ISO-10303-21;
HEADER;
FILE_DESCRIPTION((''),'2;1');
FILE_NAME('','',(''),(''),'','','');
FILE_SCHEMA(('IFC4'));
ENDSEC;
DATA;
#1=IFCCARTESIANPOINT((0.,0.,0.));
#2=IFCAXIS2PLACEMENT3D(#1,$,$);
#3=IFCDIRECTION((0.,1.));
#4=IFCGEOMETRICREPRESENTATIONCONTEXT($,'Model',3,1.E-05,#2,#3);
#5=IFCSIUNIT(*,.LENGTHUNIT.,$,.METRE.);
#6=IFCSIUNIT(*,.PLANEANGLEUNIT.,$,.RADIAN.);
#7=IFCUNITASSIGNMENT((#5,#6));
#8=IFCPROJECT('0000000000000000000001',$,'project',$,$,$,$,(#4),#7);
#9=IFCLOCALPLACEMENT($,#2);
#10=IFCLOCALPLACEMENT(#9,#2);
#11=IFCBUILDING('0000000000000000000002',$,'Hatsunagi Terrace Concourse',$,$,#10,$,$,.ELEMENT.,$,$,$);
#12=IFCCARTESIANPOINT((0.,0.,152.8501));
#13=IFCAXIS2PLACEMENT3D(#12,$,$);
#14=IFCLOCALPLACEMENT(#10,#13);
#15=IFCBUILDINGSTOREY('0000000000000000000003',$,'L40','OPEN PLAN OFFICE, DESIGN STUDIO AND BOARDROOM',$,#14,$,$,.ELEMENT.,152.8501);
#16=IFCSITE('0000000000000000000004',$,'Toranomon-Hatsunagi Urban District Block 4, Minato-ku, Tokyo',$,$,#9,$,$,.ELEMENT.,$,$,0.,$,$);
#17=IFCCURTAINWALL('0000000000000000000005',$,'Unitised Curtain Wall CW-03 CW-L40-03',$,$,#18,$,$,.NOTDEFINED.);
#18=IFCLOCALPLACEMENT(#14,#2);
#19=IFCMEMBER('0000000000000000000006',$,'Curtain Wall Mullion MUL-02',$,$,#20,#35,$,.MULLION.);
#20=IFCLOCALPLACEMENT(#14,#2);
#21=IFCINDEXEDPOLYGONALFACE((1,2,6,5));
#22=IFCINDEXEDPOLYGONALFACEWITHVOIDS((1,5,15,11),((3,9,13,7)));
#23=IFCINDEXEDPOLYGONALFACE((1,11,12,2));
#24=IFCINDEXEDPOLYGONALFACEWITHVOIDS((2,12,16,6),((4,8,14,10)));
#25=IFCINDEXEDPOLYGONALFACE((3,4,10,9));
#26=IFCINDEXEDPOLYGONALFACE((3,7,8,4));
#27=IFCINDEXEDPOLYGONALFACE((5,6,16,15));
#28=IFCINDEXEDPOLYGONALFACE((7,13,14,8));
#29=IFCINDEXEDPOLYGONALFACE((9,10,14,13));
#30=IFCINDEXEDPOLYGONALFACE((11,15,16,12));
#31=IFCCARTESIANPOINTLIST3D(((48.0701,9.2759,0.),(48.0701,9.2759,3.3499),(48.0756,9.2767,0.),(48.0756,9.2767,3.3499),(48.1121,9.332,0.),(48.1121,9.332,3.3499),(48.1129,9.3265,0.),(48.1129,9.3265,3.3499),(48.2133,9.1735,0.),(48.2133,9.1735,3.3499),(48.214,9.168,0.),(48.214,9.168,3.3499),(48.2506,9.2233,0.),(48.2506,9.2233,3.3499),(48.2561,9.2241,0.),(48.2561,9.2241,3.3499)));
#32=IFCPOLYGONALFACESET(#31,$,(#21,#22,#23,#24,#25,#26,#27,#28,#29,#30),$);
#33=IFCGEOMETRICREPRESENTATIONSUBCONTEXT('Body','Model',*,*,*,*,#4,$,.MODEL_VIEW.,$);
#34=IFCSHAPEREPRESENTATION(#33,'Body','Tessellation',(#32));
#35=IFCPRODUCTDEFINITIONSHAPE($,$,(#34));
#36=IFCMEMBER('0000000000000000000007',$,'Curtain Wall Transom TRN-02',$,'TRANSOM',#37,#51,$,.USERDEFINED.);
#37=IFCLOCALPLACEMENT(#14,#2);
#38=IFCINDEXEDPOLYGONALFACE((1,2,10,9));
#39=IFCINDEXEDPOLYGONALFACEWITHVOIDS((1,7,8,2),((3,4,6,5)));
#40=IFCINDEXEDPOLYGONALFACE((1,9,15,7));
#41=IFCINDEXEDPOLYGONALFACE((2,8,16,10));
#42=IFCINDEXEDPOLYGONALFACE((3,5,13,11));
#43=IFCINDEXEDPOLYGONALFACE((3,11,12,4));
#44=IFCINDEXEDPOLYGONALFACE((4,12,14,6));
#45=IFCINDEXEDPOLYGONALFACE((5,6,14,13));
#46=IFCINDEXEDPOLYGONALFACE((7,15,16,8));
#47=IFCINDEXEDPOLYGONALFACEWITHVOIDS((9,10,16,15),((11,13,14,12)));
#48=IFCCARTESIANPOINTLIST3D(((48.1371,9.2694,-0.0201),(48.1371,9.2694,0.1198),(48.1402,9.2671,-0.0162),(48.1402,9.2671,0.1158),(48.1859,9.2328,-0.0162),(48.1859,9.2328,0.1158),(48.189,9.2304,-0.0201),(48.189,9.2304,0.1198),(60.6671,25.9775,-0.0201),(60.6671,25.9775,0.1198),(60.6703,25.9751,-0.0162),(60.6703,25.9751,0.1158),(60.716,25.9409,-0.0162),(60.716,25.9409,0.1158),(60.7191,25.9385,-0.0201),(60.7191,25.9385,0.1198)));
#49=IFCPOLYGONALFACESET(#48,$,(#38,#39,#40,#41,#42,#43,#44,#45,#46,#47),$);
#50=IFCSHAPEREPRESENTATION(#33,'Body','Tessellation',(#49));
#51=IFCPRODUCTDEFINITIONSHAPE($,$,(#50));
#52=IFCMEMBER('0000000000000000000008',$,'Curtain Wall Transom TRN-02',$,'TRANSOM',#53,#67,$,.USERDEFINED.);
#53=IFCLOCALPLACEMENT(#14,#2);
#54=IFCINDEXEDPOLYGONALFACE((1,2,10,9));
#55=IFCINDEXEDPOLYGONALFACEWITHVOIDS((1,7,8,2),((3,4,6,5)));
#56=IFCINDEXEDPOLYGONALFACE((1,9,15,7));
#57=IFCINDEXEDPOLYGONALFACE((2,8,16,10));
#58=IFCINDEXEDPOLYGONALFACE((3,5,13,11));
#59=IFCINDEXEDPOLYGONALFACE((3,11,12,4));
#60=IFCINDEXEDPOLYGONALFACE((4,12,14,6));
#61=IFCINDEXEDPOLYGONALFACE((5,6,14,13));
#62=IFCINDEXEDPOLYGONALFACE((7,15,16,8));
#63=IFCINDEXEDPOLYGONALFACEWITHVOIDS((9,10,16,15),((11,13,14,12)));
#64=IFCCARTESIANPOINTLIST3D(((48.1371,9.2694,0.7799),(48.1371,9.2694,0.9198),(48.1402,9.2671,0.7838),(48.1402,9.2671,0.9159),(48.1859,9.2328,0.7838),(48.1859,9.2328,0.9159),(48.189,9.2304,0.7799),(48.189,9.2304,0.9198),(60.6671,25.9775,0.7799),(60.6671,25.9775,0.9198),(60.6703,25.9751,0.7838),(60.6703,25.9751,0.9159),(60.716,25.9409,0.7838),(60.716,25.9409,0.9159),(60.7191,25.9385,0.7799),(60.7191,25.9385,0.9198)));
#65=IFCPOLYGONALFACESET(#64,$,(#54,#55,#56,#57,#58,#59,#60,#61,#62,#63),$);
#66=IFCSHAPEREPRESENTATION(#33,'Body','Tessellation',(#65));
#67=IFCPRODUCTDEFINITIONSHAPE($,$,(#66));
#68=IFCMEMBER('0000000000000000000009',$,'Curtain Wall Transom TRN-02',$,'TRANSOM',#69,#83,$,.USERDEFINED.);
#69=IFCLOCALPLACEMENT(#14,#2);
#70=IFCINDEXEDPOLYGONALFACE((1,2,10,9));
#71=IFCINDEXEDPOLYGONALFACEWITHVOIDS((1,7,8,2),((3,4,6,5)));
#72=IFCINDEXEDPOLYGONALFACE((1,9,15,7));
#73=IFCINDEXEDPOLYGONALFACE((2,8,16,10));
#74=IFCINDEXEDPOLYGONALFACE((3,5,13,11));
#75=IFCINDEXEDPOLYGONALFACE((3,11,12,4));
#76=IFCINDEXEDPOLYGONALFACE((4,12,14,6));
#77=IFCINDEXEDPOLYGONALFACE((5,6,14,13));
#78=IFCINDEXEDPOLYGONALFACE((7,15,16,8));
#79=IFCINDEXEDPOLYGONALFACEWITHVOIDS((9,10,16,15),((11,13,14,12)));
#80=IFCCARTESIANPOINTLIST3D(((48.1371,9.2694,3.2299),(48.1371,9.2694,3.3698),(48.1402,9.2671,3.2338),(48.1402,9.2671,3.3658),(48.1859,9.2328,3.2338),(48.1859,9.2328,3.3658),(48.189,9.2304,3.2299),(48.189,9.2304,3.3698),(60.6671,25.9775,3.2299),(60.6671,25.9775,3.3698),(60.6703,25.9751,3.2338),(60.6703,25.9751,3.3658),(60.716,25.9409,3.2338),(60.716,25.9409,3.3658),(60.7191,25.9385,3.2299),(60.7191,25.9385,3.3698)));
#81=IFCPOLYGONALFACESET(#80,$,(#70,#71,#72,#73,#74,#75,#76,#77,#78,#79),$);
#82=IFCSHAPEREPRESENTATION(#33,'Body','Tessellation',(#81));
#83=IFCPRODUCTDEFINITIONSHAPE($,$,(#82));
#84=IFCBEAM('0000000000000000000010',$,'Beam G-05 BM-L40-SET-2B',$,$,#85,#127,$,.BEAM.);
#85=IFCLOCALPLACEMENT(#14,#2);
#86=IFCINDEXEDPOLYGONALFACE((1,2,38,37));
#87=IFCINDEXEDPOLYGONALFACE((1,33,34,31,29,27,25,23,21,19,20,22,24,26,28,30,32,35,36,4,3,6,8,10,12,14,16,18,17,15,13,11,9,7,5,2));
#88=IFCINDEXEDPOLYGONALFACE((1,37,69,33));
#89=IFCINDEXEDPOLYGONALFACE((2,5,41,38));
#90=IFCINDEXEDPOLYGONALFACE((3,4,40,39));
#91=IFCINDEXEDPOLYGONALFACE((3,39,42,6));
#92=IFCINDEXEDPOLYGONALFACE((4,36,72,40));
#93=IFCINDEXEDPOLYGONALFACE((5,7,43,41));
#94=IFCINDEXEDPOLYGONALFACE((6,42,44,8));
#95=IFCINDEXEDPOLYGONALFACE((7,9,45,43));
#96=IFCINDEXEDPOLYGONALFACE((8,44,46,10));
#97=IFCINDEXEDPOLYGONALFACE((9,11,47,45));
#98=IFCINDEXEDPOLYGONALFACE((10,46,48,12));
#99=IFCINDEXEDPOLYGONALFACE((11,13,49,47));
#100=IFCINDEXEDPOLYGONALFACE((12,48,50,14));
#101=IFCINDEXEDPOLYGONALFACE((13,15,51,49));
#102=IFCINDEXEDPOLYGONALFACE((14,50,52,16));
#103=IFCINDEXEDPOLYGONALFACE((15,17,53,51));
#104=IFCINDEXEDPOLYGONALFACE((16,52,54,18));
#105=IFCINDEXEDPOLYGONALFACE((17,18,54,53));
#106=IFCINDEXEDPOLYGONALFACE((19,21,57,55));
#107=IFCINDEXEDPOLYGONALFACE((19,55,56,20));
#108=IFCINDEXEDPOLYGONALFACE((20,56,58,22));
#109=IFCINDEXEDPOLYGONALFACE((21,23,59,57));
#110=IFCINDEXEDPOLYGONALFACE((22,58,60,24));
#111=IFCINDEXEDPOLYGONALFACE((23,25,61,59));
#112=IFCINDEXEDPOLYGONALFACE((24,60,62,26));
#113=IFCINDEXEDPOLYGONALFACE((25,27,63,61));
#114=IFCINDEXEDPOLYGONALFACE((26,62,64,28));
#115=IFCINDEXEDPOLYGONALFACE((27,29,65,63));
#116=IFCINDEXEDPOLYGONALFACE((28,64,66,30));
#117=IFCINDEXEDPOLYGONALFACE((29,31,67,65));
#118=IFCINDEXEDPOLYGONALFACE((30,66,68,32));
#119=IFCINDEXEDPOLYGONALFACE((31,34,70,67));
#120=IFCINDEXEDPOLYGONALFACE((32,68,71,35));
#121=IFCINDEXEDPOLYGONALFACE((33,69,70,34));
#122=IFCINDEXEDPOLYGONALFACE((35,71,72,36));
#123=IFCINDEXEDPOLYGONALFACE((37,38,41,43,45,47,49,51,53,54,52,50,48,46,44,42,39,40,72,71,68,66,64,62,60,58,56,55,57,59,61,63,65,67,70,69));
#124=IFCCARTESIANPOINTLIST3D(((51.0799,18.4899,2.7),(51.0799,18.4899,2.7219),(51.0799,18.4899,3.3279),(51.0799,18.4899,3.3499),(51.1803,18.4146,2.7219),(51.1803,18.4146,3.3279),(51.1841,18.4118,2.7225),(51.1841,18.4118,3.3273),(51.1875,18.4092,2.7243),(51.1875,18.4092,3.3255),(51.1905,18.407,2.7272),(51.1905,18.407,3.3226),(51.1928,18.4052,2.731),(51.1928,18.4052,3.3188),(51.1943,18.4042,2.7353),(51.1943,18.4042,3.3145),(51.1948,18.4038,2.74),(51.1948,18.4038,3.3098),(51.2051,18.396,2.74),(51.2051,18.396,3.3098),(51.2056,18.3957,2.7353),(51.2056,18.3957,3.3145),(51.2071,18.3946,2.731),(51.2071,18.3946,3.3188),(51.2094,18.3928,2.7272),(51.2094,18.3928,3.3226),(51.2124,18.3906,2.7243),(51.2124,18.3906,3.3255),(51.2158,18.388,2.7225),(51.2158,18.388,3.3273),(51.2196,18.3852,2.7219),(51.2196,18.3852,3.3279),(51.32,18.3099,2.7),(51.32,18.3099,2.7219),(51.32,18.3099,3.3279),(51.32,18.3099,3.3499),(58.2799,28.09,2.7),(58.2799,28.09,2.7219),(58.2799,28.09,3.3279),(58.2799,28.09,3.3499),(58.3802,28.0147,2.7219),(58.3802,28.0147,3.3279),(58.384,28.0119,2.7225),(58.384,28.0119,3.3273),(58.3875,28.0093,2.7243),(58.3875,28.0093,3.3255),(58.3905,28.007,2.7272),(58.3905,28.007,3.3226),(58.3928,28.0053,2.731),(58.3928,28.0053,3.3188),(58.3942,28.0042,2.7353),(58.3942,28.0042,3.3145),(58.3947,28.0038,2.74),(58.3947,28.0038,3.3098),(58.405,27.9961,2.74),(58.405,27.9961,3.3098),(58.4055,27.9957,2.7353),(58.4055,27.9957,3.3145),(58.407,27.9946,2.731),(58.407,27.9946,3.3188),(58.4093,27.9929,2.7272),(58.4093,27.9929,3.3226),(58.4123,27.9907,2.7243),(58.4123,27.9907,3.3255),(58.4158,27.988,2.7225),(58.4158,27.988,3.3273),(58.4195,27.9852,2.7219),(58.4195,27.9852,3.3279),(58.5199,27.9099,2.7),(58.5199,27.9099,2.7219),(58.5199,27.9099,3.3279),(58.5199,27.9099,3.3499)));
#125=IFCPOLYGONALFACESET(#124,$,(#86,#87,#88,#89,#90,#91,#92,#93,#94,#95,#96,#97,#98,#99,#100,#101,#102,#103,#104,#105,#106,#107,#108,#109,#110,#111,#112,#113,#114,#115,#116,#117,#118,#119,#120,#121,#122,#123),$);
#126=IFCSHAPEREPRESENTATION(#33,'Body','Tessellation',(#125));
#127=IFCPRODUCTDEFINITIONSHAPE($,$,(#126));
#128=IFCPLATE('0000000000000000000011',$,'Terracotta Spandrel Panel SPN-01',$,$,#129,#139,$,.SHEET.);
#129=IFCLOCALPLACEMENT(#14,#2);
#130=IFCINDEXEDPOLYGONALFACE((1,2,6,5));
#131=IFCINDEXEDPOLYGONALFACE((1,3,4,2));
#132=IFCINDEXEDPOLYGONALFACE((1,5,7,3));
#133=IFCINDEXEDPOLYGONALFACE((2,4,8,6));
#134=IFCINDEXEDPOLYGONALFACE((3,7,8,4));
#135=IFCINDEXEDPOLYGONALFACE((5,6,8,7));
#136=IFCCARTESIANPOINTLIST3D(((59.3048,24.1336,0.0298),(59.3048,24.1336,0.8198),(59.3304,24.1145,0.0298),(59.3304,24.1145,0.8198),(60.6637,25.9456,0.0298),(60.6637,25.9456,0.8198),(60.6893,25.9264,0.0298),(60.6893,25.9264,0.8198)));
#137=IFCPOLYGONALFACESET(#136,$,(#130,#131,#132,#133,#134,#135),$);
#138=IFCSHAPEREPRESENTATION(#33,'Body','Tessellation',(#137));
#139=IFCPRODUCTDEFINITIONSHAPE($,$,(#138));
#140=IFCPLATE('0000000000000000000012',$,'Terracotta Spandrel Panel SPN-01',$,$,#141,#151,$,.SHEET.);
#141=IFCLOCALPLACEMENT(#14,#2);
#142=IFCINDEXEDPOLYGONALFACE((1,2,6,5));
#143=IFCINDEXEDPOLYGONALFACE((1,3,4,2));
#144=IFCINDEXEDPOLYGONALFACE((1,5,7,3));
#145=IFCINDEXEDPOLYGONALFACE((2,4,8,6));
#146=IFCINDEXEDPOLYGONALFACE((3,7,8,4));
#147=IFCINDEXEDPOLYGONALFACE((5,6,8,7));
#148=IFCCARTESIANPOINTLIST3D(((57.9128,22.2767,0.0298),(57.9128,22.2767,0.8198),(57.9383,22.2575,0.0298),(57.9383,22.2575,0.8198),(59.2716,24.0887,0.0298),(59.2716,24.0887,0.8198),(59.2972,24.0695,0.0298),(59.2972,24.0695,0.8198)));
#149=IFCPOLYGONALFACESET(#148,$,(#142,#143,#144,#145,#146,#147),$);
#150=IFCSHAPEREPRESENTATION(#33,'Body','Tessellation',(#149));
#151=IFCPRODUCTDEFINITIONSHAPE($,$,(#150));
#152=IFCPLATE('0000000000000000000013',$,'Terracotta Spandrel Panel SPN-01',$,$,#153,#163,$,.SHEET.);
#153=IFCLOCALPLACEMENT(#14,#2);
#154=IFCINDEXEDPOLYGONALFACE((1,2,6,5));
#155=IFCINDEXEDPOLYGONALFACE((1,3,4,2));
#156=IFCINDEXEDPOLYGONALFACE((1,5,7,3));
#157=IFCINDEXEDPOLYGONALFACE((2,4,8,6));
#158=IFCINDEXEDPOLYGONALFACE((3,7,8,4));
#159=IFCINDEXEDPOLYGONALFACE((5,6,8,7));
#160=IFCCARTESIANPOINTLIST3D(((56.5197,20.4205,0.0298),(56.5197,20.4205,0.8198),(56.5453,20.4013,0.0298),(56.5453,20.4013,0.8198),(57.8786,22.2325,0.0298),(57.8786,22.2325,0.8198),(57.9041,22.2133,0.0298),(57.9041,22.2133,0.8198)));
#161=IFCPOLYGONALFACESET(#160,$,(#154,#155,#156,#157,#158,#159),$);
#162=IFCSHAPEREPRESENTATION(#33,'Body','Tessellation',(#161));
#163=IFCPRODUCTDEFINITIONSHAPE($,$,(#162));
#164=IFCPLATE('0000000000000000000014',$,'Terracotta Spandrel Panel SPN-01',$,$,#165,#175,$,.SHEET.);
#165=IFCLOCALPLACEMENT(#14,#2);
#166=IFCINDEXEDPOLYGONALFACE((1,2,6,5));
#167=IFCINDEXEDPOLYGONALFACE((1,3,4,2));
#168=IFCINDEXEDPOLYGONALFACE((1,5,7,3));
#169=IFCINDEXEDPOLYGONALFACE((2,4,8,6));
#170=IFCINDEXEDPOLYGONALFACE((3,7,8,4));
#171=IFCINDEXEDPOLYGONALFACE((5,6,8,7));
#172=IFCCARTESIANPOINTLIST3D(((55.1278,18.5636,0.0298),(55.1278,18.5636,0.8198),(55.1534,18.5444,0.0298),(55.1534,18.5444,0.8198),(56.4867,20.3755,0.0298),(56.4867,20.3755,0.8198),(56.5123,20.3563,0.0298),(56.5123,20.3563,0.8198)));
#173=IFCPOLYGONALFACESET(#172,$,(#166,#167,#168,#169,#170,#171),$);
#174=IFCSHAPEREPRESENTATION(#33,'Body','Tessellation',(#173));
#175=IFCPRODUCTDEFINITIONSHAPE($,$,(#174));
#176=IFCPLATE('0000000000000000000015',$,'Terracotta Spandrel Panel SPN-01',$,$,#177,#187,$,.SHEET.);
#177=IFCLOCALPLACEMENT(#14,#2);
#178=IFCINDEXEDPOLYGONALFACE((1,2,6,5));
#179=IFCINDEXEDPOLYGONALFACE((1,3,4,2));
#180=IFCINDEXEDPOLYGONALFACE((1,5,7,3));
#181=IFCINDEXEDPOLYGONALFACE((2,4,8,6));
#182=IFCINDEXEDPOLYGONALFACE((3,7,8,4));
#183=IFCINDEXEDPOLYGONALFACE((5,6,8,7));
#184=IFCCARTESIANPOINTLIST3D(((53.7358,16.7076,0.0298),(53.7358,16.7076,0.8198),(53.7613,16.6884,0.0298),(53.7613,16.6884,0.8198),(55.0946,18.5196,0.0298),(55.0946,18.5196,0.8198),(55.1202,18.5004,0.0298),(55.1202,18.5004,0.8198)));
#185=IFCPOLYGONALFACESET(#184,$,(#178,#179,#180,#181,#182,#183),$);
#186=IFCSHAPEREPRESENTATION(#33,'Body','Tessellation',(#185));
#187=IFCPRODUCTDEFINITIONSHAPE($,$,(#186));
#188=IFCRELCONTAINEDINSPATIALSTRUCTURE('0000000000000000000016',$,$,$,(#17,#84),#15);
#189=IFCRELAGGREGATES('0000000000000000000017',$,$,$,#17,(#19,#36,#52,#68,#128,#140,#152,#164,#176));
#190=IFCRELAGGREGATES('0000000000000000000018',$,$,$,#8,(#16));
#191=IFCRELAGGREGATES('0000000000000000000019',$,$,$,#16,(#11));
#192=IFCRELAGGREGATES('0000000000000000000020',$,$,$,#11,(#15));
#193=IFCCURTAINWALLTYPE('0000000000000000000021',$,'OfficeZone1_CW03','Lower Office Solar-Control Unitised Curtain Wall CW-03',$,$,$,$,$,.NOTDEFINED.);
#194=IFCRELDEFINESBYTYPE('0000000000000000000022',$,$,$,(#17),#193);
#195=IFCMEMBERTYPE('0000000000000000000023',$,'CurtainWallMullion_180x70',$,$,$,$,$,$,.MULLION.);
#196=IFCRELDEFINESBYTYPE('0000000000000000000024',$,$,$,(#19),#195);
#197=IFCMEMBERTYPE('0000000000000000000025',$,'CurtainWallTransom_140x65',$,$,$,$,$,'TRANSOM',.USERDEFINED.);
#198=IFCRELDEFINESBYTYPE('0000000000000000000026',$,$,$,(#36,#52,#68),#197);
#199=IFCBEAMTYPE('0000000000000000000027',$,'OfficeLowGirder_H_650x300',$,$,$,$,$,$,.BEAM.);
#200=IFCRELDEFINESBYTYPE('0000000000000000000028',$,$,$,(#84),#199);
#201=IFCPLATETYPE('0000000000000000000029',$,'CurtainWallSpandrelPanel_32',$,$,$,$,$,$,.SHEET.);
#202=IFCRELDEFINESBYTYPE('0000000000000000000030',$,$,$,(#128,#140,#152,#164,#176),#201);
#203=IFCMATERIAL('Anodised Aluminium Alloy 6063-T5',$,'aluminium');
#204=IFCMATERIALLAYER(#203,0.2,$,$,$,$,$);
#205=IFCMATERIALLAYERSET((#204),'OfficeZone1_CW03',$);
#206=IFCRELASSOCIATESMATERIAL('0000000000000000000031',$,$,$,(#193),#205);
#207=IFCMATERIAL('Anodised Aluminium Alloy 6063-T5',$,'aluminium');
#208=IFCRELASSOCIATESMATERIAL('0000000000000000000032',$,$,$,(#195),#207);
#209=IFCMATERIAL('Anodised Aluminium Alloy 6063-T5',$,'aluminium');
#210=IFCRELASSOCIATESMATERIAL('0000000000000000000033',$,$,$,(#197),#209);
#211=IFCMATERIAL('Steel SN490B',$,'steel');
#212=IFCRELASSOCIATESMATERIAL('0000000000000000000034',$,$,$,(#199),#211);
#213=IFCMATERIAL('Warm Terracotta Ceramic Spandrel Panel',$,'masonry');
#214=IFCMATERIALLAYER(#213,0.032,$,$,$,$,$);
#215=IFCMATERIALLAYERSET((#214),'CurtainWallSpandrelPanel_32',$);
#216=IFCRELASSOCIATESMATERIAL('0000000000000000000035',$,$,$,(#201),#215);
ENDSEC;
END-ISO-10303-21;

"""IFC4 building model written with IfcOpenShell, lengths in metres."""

from ifc_helpers import new_model, si_unit, direction, frame, origin, origin_2d, place, context, subcontext, project, spatial, rectangle, hollow_rectangle, i_section, extrude, material, layer, layer_set, material_profile, profile_set, type_object, element, aggregate, save


model = new_model("IFC4")

# Units and contexts
model_context = context("Model", 3, precision=1e-05, world=origin(), true_north=direction((0.0, 1.0)))
body_context = subcontext(model_context, "Body", "Model", "MODEL_VIEW")
ifc_project = project(units=[si_unit("LENGTHUNIT", "METRE"), si_unit("PLANEANGLEUNIT", "RADIAN")], contexts=[model_context])

# Site, building, storey
site_placement = place(None, origin())
site = spatial("IfcSite", under=ifc_project, at=site_placement, Name="Toranomon-Hatsunagi Urban District Block 4, Minato-ku, Tokyo", CompositionType="ELEMENT", RefElevation=0.0)
building_placement = place(site_placement, origin())
building = spatial("IfcBuilding", under=site, at=building_placement, Name="Hatsunagi Terrace Concourse", CompositionType="ELEMENT")
storey_placement = place(building_placement, frame((0.0, 0.0, 152.8501)))
storey = spatial("IfcBuildingStorey", under=building, at=storey_placement, Name="L40", Description="OPEN PLAN OFFICE, DESIGN STUDIO AND BOARDROOM", CompositionType="ELEMENT", Elevation=152.8501)

# Curtain wall, members
ifc_material_1 = material(Name="Anodised Aluminium Alloy 6063-T5", Category="aluminium")
ifc_layer_1 = layer(ifc_material_1, 0.2)
ifc_layer_set_1 = layer_set([ifc_layer_1], Name="OfficeZone1_CW03")
curtain_wall_type = type_object("IfcCurtainWallType", Name="OfficeZone1_CW03", Description="Lower Office Solar-Control Unitised Curtain Wall CW-03", PredefinedType="NOTDEFINED", material=ifc_layer_set_1)
curtain_wall_placement = place(storey_placement, origin())
curtain_wall = element("IfcCurtainWall", 1, at=curtain_wall_placement, inside=storey, type_object=curtain_wall_type, Name="Unitised Curtain Wall CW-03 CW-L40-03", PredefinedType="NOTDEFINED")
ifc_material_2 = material(Name="Anodised Aluminium Alloy 6063-T5", Category="aluminium")
ifc_material_profile_1 = material_profile(ifc_material_2, hollow_rectangle(XDim=0.0701, YDim=0.1799, WallThickness=0.0039, at=origin_2d()), Name="ALU-MUL-180x70x4")
ifc_profile_set_1 = profile_set([ifc_material_profile_1], Name="Anodised Aluminium Alloy 6063-T5")
member_type_1 = type_object("IfcMemberType", Name="CurtainWallMullion_180x70", PredefinedType="MULLION", material=ifc_profile_set_1)
member_1_placement = place(storey_placement, frame((48.1631, 9.25, 0.0), z_axis=(0.0, 0.0, 1.0), x_axis=(-0.599969, -0.800023, 0.0)))
member_1 = element("IfcMember", 2, at=member_1_placement, type_object=member_type_1, Name="Curtain Wall Mullion MUL-02", PredefinedType="MULLION", context=body_context, shape_type="SweptSolid", body=[
    extrude(hollow_rectangle(XDim=0.0701, YDim=0.1799, WallThickness=0.0039, at=origin_2d()), origin(), (0.0, 0.0, 1.0), 3.3499),
])
ifc_material_3 = material(Name="Anodised Aluminium Alloy 6063-T5", Category="aluminium")
ifc_material_profile_2 = material_profile(ifc_material_3, hollow_rectangle(XDim=0.0649, YDim=0.1399, WallThickness=0.0039, at=origin_2d()), Name="ALU-TRN-140x65x4")
ifc_profile_set_2 = profile_set([ifc_material_profile_2], Name="Anodised Aluminium Alloy 6063-T5")
member_type_2 = type_object("IfcMemberType", Name="CurtainWallTransom_140x65", ElementType="TRANSOM", PredefinedType="USERDEFINED", material=ifc_profile_set_2)
member_2_placement = place(storey_placement, frame((60.6931, 25.958, 0.0498), z_axis=(-0.59997, -0.800022, 0.0), x_axis=(0.800022, -0.59997, 0.0)))
member_2 = element("IfcMember", 3, at=member_2_placement, type_object=member_type_2, Name="Curtain Wall Transom TRN-02", ObjectType="TRANSOM", PredefinedType="USERDEFINED", context=body_context, shape_type="SweptSolid", body=[
    extrude(hollow_rectangle(XDim=0.0649, YDim=0.1399, WallThickness=0.0039, at=origin_2d()), origin(), (0.0, 0.0, 1.0), 20.8845),
])
member_3_placement = place(storey_placement, frame((60.6931, 25.958, 0.8499), z_axis=(-0.59997, -0.800022, 0.0), x_axis=(0.800022, -0.59997, 0.0)))
member_3 = element("IfcMember", 4, at=member_3_placement, type_object=member_type_2, Name="Curtain Wall Transom TRN-02", ObjectType="TRANSOM", PredefinedType="USERDEFINED", context=body_context, shape_type="SweptSolid", body=[
    extrude(hollow_rectangle(XDim=0.0649, YDim=0.1399, WallThickness=0.0039, at=origin_2d()), origin(), (0.0, 0.0, 1.0), 20.8845),
])
member_4_placement = place(storey_placement, frame((60.6931, 25.958, 3.2998), z_axis=(-0.59997, -0.800022, 0.0), x_axis=(0.800022, -0.59997, 0.0)))
member_4 = element("IfcMember", 5, at=member_4_placement, type_object=member_type_2, Name="Curtain Wall Transom TRN-02", ObjectType="TRANSOM", PredefinedType="USERDEFINED", context=body_context, shape_type="SweptSolid", body=[
    extrude(hollow_rectangle(XDim=0.0649, YDim=0.1399, WallThickness=0.0039, at=origin_2d()), origin(), (0.0, 0.0, 1.0), 20.8845),
])

# Beam
ifc_material_4 = material(Name="Steel SN490B", Category="steel")
ifc_material_profile_3 = material_profile(ifc_material_4, i_section(OverallWidth=0.3, OverallDepth=0.6499, WebThickness=0.0129, FlangeThickness=0.022, FilletRadius=0.0181, at=origin_2d()), Name="H-650x300x13x22")
ifc_profile_set_3 = profile_set([ifc_material_profile_3], Name="Steel SN490B")
beam_type = type_object("IfcBeamType", Name="OfficeLowGirder_H_650x300", PredefinedType="BEAM", material=ifc_profile_set_3)
beam_placement = place(storey_placement, frame((51.2, 18.3999, 3.0249), z_axis=(0.599993, 0.800005, 0.0), x_axis=(-0.800005, 0.599993, 0.0)))
element("IfcBeam", 6, at=beam_placement, inside=storey, type_object=beam_type, Name="Beam G-05 BM-L40-SET-2B", PredefinedType="BEAM", context=body_context, shape_type="SweptSolid", body=[
    extrude(i_section(OverallWidth=0.3, OverallDepth=0.6499, WebThickness=0.0129, FlangeThickness=0.022, FilletRadius=0.0181, at=origin_2d()), origin(), (0.0, 0.0, 1.0), 12.0),
])

# Plates
ifc_material_5 = material(Name="Warm Terracotta Ceramic Spandrel Panel", Category="masonry")
ifc_layer_2 = layer(ifc_material_5, 0.032)
ifc_layer_set_2 = layer_set([ifc_layer_2], Name="CurtainWallSpandrelPanel_32")
plate_type_1 = type_object("IfcPlateType", Name="CurtainWallSpandrelPanel_32", PredefinedType="SHEET", material=ifc_layer_set_2)
plate_1_placement = place(storey_placement, frame((59.9971, 25.03, 0.0298), z_axis=(0.0, 0.0, 1.0), x_axis=(-0.599969, -0.800023, 0.0)))
plate_1 = element("IfcPlate", 7, at=plate_1_placement, type_object=plate_type_1, Name="Terracotta Spandrel Panel SPN-01", PredefinedType="SHEET", context=body_context, shape_type="SweptSolid", body=[
    extrude(rectangle(XDim=2.2649, YDim=0.032, at=origin_2d()), origin(), (0.0, 0.0, 1.0), 0.79),
])
plate_2_placement = place(storey_placement, frame((58.605, 23.1731, 0.0298), z_axis=(0.0, 0.0, 1.0), x_axis=(-0.599969, -0.800023, 0.0)))
plate_2 = element("IfcPlate", 8, at=plate_2_placement, type_object=plate_type_1, Name="Terracotta Spandrel Panel SPN-01", PredefinedType="SHEET", context=body_context, shape_type="SweptSolid", body=[
    extrude(rectangle(XDim=2.2649, YDim=0.032, at=origin_2d()), origin(), (0.0, 0.0, 1.0), 0.79),
])
plate_3_placement = place(storey_placement, frame((57.2119, 21.3169, 0.0298), z_axis=(0.0, 0.0, 1.0), x_axis=(-0.599969, -0.800023, 0.0)))
plate_3 = element("IfcPlate", 9, at=plate_3_placement, type_object=plate_type_1, Name="Terracotta Spandrel Panel SPN-01", PredefinedType="SHEET", context=body_context, shape_type="SweptSolid", body=[
    extrude(rectangle(XDim=2.2649, YDim=0.032, at=origin_2d()), origin(), (0.0, 0.0, 1.0), 0.79),
])
plate_4_placement = place(storey_placement, frame((55.8201, 19.46, 0.0298), z_axis=(0.0, 0.0, 1.0), x_axis=(-0.599969, -0.800023, 0.0)))
plate_4 = element("IfcPlate", 10, at=plate_4_placement, type_object=plate_type_1, Name="Terracotta Spandrel Panel SPN-01", PredefinedType="SHEET", context=body_context, shape_type="SweptSolid", body=[
    extrude(rectangle(XDim=2.2649, YDim=0.032, at=origin_2d()), origin(), (0.0, 0.0, 1.0), 0.79),
])
plate_5_placement = place(storey_placement, frame((54.428, 17.604, 0.0298), z_axis=(0.0, 0.0, 1.0), x_axis=(-0.599969, -0.800023, 0.0)))
plate_5 = element("IfcPlate", 11, at=plate_5_placement, type_object=plate_type_1, Name="Terracotta Spandrel Panel SPN-01", PredefinedType="SHEET", context=body_context, shape_type="SweptSolid", body=[
    extrude(rectangle(XDim=2.2649, YDim=0.032, at=origin_2d()), origin(), (0.0, 0.0, 1.0), 0.79),
])
aggregate(curtain_wall, [member_1, member_2, member_3, member_4, plate_1, plate_2, plate_3, plate_4, plate_5])

save(model, "model.ifc")
